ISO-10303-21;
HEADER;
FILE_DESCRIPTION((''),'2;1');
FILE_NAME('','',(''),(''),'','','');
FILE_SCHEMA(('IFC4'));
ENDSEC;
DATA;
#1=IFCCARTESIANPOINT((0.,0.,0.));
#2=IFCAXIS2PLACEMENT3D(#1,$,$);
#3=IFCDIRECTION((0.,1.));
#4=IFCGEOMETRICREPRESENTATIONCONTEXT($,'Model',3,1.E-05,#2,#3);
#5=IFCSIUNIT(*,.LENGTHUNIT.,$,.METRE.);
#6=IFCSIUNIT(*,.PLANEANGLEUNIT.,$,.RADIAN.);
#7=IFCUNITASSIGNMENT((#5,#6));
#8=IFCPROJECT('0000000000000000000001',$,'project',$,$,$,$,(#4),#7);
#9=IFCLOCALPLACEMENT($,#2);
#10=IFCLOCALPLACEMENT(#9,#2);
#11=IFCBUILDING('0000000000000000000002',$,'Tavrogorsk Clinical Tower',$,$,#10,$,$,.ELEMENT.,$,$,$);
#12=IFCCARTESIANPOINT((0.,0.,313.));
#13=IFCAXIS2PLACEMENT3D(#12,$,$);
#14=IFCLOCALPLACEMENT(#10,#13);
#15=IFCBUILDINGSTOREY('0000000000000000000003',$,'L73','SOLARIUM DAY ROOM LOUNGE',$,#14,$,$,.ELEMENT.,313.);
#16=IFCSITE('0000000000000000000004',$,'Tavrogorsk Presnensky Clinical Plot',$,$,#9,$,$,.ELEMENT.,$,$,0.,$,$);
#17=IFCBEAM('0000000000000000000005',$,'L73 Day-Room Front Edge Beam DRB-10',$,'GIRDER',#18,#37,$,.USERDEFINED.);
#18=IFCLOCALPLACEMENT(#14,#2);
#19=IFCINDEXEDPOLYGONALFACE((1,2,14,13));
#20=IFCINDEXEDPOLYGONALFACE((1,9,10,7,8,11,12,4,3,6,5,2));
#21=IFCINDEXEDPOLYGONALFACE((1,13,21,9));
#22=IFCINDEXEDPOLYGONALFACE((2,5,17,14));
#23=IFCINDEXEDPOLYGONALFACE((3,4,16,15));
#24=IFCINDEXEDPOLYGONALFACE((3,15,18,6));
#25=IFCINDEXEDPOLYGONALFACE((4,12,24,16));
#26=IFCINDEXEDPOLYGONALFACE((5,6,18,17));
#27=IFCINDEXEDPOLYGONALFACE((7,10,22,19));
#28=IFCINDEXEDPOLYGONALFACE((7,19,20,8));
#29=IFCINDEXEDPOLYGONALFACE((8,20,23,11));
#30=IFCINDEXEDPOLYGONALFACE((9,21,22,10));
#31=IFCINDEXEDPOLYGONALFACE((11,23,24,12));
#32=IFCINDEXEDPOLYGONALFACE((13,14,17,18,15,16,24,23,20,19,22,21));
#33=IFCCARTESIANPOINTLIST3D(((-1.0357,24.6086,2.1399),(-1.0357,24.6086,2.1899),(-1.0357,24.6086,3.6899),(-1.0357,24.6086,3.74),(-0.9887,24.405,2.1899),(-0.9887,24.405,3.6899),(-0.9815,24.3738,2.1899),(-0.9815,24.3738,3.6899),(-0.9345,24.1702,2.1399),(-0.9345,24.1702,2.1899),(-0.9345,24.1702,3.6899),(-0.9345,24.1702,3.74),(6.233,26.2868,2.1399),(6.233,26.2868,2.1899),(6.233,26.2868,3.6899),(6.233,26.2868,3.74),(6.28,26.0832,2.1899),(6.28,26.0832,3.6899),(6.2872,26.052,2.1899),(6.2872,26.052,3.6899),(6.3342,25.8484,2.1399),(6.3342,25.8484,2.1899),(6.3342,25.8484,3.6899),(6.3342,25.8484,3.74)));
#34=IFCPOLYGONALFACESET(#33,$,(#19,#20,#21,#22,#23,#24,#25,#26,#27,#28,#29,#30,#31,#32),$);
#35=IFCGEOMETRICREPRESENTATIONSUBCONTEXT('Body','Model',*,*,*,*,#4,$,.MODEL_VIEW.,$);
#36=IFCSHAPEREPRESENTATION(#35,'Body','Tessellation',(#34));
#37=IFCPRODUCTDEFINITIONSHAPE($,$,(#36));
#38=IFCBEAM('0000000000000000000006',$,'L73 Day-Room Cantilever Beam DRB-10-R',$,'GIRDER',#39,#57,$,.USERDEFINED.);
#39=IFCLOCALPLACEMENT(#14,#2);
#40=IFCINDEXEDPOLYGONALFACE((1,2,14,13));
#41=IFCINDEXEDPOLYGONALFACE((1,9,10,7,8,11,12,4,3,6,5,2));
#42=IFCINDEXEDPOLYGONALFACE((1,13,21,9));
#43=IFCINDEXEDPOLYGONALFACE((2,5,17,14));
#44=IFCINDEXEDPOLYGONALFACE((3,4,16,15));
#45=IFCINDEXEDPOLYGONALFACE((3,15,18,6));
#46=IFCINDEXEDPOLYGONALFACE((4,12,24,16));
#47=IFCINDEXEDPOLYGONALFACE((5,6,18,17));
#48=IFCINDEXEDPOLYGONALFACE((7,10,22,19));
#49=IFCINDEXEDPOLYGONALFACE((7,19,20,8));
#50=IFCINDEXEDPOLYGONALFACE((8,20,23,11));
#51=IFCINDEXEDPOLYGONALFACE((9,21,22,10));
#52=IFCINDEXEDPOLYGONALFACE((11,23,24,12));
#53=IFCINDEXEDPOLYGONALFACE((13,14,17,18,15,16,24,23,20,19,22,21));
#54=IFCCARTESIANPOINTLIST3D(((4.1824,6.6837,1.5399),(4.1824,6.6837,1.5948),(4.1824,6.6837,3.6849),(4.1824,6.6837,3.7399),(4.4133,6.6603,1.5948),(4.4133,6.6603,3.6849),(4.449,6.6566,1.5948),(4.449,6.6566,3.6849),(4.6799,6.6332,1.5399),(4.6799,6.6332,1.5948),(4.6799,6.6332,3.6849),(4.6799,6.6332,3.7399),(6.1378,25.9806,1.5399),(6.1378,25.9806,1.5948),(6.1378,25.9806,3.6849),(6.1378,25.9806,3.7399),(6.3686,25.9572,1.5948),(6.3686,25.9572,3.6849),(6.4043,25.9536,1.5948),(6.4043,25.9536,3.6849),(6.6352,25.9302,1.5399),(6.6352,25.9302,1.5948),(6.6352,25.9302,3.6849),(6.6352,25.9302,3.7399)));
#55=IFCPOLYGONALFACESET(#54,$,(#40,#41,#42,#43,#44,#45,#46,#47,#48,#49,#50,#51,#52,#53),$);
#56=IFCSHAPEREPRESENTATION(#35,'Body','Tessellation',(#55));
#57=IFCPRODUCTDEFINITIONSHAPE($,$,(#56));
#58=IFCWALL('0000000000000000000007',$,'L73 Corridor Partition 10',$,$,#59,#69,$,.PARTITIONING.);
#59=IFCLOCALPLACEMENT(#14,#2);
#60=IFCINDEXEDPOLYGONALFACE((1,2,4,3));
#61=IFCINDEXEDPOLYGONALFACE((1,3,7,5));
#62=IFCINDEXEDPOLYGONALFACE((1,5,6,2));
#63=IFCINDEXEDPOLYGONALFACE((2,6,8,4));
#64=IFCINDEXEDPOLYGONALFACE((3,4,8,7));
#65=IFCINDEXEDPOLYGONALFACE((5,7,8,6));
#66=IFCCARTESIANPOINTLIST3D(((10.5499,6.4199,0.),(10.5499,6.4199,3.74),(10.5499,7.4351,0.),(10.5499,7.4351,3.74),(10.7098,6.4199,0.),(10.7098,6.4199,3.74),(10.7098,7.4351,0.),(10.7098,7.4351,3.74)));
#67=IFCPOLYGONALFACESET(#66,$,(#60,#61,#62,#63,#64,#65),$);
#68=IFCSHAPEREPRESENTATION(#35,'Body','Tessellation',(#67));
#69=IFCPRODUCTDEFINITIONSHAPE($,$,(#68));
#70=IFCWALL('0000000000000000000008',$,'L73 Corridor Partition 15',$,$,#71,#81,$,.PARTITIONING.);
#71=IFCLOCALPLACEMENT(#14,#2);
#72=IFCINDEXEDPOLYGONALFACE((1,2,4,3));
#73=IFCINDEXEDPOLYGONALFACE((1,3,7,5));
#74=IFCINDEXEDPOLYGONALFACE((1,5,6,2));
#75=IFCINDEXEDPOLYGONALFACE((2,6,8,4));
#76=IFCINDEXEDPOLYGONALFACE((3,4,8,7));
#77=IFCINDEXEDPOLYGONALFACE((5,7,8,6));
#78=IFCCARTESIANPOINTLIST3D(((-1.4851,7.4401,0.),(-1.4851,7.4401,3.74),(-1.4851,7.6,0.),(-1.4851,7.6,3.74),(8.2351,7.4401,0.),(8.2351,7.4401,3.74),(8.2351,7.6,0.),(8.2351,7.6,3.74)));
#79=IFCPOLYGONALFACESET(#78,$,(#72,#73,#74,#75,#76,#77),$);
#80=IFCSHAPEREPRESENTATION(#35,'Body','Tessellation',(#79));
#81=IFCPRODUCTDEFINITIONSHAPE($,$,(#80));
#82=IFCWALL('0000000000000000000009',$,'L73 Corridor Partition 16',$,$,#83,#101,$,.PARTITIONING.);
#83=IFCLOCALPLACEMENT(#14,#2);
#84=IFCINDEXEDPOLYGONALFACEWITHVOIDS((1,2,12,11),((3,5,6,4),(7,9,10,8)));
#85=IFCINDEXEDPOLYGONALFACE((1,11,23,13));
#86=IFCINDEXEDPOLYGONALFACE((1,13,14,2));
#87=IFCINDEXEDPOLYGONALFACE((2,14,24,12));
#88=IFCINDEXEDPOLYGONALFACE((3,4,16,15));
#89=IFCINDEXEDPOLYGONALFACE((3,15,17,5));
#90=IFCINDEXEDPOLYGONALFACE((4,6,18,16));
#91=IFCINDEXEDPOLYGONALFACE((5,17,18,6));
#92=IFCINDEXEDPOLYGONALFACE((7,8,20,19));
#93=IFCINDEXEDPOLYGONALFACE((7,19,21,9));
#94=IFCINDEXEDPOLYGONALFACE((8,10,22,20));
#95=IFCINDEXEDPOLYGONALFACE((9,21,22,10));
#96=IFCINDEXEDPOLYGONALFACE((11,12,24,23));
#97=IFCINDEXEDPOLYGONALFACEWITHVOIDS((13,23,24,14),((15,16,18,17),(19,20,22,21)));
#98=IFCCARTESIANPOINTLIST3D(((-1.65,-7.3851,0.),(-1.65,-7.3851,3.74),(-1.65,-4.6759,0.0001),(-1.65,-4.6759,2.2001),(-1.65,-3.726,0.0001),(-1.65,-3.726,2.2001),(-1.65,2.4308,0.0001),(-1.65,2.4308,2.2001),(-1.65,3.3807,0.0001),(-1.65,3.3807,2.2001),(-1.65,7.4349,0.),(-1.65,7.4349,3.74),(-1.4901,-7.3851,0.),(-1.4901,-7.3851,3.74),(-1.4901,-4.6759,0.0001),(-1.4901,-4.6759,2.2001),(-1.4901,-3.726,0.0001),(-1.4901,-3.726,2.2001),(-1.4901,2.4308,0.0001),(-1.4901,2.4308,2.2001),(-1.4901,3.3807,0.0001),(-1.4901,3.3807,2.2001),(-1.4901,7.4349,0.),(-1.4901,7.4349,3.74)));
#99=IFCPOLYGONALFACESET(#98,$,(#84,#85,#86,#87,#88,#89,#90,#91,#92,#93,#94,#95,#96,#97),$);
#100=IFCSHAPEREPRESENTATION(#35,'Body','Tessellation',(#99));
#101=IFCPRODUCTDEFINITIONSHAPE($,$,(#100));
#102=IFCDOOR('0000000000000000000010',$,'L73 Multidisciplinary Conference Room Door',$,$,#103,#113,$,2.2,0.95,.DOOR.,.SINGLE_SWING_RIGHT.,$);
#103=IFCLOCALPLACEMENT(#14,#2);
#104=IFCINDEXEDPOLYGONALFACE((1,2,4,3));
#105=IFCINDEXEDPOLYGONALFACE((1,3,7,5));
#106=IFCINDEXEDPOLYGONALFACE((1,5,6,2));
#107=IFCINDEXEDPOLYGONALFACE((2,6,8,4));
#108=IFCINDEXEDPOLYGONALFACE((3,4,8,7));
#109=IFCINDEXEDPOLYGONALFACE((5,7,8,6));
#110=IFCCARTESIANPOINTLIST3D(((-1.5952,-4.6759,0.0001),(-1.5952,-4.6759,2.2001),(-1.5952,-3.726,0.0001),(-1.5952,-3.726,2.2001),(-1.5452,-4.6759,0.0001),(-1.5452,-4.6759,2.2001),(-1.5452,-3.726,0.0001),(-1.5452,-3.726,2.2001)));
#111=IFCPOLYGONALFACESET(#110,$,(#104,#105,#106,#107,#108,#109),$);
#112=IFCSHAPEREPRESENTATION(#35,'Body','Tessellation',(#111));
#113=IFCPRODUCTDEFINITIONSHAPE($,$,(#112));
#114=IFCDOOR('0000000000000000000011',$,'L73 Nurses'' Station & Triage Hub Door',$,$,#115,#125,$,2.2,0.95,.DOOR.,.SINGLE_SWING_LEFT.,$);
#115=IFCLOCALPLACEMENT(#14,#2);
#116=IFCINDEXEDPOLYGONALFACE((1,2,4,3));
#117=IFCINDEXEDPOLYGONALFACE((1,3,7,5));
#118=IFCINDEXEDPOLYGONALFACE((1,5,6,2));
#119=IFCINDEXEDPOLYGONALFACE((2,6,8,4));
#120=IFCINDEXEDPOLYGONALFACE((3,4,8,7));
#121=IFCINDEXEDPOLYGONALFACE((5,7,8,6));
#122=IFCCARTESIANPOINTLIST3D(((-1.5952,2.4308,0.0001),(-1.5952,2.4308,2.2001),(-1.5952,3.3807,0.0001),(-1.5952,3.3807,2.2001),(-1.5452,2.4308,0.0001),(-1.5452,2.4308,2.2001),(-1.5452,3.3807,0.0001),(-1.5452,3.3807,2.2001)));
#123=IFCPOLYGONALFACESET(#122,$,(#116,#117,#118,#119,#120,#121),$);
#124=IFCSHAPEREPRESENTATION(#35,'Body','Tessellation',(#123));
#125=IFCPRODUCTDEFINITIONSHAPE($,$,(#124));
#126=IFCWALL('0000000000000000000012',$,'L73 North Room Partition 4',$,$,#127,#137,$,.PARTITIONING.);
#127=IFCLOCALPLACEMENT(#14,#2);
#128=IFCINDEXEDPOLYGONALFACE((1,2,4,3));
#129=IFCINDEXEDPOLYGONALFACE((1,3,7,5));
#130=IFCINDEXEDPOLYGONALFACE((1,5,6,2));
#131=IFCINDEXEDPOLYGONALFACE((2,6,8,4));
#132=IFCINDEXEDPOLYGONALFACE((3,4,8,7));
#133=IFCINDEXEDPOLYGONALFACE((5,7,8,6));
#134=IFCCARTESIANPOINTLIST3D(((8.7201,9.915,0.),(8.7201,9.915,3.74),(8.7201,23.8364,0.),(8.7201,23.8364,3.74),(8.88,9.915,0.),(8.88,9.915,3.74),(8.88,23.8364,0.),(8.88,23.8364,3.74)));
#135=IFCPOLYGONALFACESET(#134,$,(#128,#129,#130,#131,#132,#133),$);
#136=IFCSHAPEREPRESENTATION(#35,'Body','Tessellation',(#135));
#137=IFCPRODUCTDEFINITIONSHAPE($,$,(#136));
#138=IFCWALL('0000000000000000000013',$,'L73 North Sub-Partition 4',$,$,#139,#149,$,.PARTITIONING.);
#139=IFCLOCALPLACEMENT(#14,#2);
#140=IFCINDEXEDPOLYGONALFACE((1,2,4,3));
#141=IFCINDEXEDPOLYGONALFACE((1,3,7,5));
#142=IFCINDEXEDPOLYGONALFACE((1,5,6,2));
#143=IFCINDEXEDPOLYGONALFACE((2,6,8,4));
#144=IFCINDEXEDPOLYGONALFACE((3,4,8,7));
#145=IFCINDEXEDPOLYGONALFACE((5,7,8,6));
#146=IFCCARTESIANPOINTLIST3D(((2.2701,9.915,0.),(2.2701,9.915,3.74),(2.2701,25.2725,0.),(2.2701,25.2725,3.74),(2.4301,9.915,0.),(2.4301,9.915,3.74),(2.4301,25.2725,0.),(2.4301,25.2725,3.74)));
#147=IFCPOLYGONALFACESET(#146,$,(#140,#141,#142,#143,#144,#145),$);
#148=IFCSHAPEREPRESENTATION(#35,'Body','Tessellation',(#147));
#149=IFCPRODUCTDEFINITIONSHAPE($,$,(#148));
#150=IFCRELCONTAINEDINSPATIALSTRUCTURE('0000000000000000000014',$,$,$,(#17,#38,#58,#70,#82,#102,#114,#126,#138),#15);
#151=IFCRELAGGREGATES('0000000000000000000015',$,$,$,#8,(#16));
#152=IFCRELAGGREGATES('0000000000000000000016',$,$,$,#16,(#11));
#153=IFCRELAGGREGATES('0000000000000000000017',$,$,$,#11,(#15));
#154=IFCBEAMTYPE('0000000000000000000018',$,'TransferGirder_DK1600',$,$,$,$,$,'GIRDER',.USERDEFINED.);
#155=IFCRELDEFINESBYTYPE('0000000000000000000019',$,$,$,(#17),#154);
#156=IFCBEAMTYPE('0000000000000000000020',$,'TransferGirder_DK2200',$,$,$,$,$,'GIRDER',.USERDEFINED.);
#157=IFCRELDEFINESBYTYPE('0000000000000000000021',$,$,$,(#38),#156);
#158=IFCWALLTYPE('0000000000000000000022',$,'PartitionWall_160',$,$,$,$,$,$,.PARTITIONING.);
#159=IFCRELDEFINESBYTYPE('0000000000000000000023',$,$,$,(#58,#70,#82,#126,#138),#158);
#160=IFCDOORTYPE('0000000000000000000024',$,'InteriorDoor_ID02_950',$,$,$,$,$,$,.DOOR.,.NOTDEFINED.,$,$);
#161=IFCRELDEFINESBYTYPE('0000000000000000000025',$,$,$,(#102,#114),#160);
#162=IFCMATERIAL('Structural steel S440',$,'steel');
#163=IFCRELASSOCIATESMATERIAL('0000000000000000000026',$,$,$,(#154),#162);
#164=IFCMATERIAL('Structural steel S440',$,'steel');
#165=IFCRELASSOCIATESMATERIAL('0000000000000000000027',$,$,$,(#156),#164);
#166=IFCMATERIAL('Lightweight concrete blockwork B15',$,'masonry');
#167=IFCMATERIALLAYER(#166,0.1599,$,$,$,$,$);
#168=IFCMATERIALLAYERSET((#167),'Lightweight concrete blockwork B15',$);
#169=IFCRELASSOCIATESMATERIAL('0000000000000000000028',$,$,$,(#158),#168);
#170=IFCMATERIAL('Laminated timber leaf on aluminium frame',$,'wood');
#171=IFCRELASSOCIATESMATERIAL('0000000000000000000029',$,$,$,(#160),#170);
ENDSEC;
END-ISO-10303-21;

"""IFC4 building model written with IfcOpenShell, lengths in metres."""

from ifc_helpers import new_model, si_unit, direction, frame, frame_2d, origin, origin_2d, place, context, subcontext, project, spatial, rectangle, i_section, extrude, material, layer, layer_set, material_profile, profile_set, type_object, element, fill, save


model = new_model("IFC4")

# Units and contexts
model_context = context("Model", 3, precision=1e-05, world=origin(), true_north=direction((0.0, 1.0)))
body_context = subcontext(model_context, "Body", "Model", "MODEL_VIEW")
ifc_project = project(units=[si_unit("LENGTHUNIT", "METRE"), si_unit("PLANEANGLEUNIT", "RADIAN")], contexts=[model_context])

# Site, building, storey
site_placement = place(None, origin())
site = spatial("IfcSite", under=ifc_project, at=site_placement, Name="Tavrogorsk Presnensky Clinical Plot", CompositionType="ELEMENT", RefElevation=0.0)
building_placement = place(site_placement, origin())
building = spatial("IfcBuilding", under=site, at=building_placement, Name="Tavrogorsk Clinical Tower", CompositionType="ELEMENT")
storey_placement = place(building_placement, frame((0.0, 0.0, 313.0)))
storey = spatial("IfcBuildingStorey", under=building, at=storey_placement, Name="L73", Description="SOLARIUM DAY ROOM LOUNGE", CompositionType="ELEMENT", Elevation=313.0)

# Beams
ifc_material_1 = material(Name="Structural steel S440", Category="steel")
ifc_material_profile_1 = material_profile(ifc_material_1, i_section(OverallWidth=0.45, OverallDepth=1.6001, WebThickness=0.032, FlangeThickness=0.05, at=origin_2d()), Name="DK-1600x450x32x50")
ifc_profile_set_1 = profile_set([ifc_material_profile_1], Name="Structural steel S440")
beam_type_1 = type_object("IfcBeamType", Name="TransferGirder_DK1600", ElementType="GIRDER", PredefinedType="USERDEFINED", material=ifc_profile_set_1)
beam_1_placement = place(storey_placement, frame((-0.9851, 24.3894, 2.9399), z_axis=(0.974367, 0.224962, 0.0), x_axis=(-0.224962, 0.974367, 0.0)))
element("IfcBeam", 1, at=beam_1_placement, inside=storey, type_object=beam_type_1, Name="L73 Day-Room Front Edge Beam DRB-10", ObjectType="GIRDER", PredefinedType="USERDEFINED", context=body_context, shape_type="SweptSolid", body=[
    extrude(i_section(OverallWidth=0.45, OverallDepth=1.6001, WebThickness=0.032, FlangeThickness=0.05, at=origin_2d()), origin(), (0.0, 0.0, 1.0), 7.46),
])
ifc_material_2 = material(Name="Structural steel S440", Category="steel")
ifc_material_profile_2 = material_profile(ifc_material_2, i_section(OverallWidth=0.5, OverallDepth=2.2, WebThickness=0.0359, FlangeThickness=0.0549, at=origin_2d()), Name="DK-2200x500x36x55")
ifc_profile_set_2 = profile_set([ifc_material_profile_2], Name="Structural steel S440")
beam_type_2 = type_object("IfcBeamType", Name="TransferGirder_DK2200", ElementType="GIRDER", PredefinedType="USERDEFINED", material=ifc_profile_set_2)
beam_2_placement = place(storey_placement, frame((4.4312, 6.6584, 2.6399), z_axis=(0.100812, 0.994905, 0.0), x_axis=(-0.994905, 0.100812, 0.0)))
element("IfcBeam", 2, at=beam_2_placement, inside=storey, type_object=beam_type_2, Name="L73 Day-Room Cantilever Beam DRB-10-R", ObjectType="GIRDER", PredefinedType="USERDEFINED", context=body_context, shape_type="SweptSolid", body=[
    extrude(i_section(OverallWidth=0.5, OverallDepth=2.2, WebThickness=0.0359, FlangeThickness=0.0549, at=origin_2d()), origin(), (0.0, 0.0, 1.0), 19.3958),
])

# Walls
ifc_material_3 = material(Name="Lightweight concrete blockwork B15", Category="masonry")
ifc_layer_1 = layer(ifc_material_3, 0.1599)
ifc_layer_set_1 = layer_set([ifc_layer_1], Name="Lightweight concrete blockwork B15")
wall_type_1 = type_object("IfcWallType", Name="PartitionWall_160", PredefinedType="PARTITIONING", material=ifc_layer_set_1)
wall_1_placement = place(storey_placement, frame((10.6299, 7.4351, 0.0), z_axis=(0.0, 0.0, 1.0), x_axis=(0.0, -1.0, 0.0)))
element("IfcWall", 3, at=wall_1_placement, inside=storey, type_object=wall_type_1, Name="L73 Corridor Partition 10", PredefinedType="PARTITIONING", context=body_context, shape_type="SweptSolid", body=[
    extrude(rectangle(XDim=1.0151, YDim=0.1599, at=frame_2d((0.5076, 0.0))), origin(), (0.0, 0.0, 1.0), 3.74),
])
wall_2_placement = place(storey_placement, frame((8.2351, 7.52, 0.0), z_axis=(0.0, 0.0, 1.0), x_axis=(-1.0, 0.0, 0.0)))
element("IfcWall", 4, at=wall_2_placement, inside=storey, type_object=wall_type_1, Name="L73 Corridor Partition 15", PredefinedType="PARTITIONING", context=body_context, shape_type="SweptSolid", body=[
    extrude(rectangle(XDim=9.7202, YDim=0.1599, at=frame_2d((4.8601, 0.0))), origin(), (0.0, 0.0, 1.0), 3.74),
])

# Wall, openings, doors
wall_3_placement = place(storey_placement, frame((-1.5701, 7.4351, 0.0), z_axis=(0.0, 0.0, 1.0), x_axis=(0.0, -1.0, 0.0)))
wall_3 = element("IfcWall", 5, at=wall_3_placement, inside=storey, type_object=wall_type_1, Name="L73 Corridor Partition 16", PredefinedType="PARTITIONING", context=body_context, shape_type="SweptSolid", body=[
    extrude(rectangle(XDim=14.8201, YDim=0.1599, at=frame_2d((7.4102, 0.0))), origin(), (0.0, 0.0, 1.0), 3.74),
])
opening_1_placement = place(wall_3_placement, frame((11.1609, 0.0, 0.0)))
opening_1 = element("IfcOpeningElement", 6, at=opening_1_placement, cuts=wall_3, PredefinedType="OPENING", context=body_context, shape_type="SweptSolid", body=[
    extrude(rectangle(XDim=0.95, YDim=2.2, at=frame_2d((0.4751, 1.1001))), frame((0.0, 0.0898, 0.0), z_axis=(0.0, -1.0, 0.0), x_axis=(1.0, 0.0, 0.0)), (0.0, 0.0, 1.0), 0.1799),
])
opening_2_placement = place(wall_3_placement, frame((4.0542, 0.0, 0.0)))
opening_2 = element("IfcOpeningElement", 7, at=opening_2_placement, cuts=wall_3, PredefinedType="OPENING", context=body_context, shape_type="SweptSolid", body=[
    extrude(rectangle(XDim=0.95, YDim=2.2, at=frame_2d((0.4751, 1.1001))), frame((0.0, 0.0898, 0.0), z_axis=(0.0, -1.0, 0.0), x_axis=(1.0, 0.0, 0.0)), (0.0, 0.0, 1.0), 0.1799),
])
ifc_material_4 = material(Name="Laminated timber leaf on aluminium frame", Category="wood")
door_type = type_object("IfcDoorType", Name="InteriorDoor_ID02_950", OperationType="NOTDEFINED", PredefinedType="DOOR", material=ifc_material_4)
door_1_placement = place(opening_1_placement, origin())
door_1 = element("IfcDoor", 8, at=door_1_placement, inside=storey, type_object=door_type, Name="L73 Multidisciplinary Conference Room Door", OperationType="SINGLE_SWING_RIGHT", OverallHeight=2.2, OverallWidth=0.95, PredefinedType="DOOR", context=body_context, shape_type="SweptSolid", body=[
    extrude(rectangle(XDim=0.95, YDim=2.2, at=frame_2d((0.4751, 1.1001))), frame((0.0, 0.0249, 0.0), z_axis=(0.0, -1.0, 0.0), x_axis=(1.0, 0.0, 0.0)), (0.0, 0.0, 1.0), 0.05),
])
fill(opening_1, door_1)
door_2_placement = place(opening_2_placement, origin())
door_2 = element("IfcDoor", 9, at=door_2_placement, inside=storey, type_object=door_type, Name="L73 Nurses' Station & Triage Hub Door", OperationType="SINGLE_SWING_LEFT", OverallHeight=2.2, OverallWidth=0.95, PredefinedType="DOOR", context=body_context, shape_type="SweptSolid", body=[
    extrude(rectangle(XDim=0.95, YDim=2.2, at=frame_2d((0.4751, 1.1001))), frame((0.0, 0.0249, 0.0), z_axis=(0.0, -1.0, 0.0), x_axis=(1.0, 0.0, 0.0)), (0.0, 0.0, 1.0), 0.05),
])
fill(opening_2, door_2)

# Walls
wall_4_placement = place(storey_placement, frame((8.8, 9.915, 0.0), z_axis=(0.0, 0.0, 1.0), x_axis=(0.0, 1.0, 0.0)))
element("IfcWall", 10, at=wall_4_placement, inside=storey, type_object=wall_type_1, Name="L73 North Room Partition 4", PredefinedType="PARTITIONING", context=body_context, shape_type="SweptSolid", body=[
    extrude(rectangle(XDim=13.9214, YDim=0.1599, at=frame_2d((6.9607, 0.0))), origin(), (0.0, 0.0, 1.0), 3.74),
])
wall_5_placement = place(storey_placement, frame((2.3501, 9.915, 0.0), z_axis=(0.0, 0.0, 1.0), x_axis=(0.0, 1.0, 0.0)))
element("IfcWall", 11, at=wall_5_placement, inside=storey, type_object=wall_type_1, Name="L73 North Sub-Partition 4", PredefinedType="PARTITIONING", context=body_context, shape_type="SweptSolid", body=[
    extrude(rectangle(XDim=15.3574, YDim=0.1599, at=frame_2d((7.6787, 0.0))), origin(), (0.0, 0.0, 1.0), 3.74),
])

save(model, "model.ifc")
